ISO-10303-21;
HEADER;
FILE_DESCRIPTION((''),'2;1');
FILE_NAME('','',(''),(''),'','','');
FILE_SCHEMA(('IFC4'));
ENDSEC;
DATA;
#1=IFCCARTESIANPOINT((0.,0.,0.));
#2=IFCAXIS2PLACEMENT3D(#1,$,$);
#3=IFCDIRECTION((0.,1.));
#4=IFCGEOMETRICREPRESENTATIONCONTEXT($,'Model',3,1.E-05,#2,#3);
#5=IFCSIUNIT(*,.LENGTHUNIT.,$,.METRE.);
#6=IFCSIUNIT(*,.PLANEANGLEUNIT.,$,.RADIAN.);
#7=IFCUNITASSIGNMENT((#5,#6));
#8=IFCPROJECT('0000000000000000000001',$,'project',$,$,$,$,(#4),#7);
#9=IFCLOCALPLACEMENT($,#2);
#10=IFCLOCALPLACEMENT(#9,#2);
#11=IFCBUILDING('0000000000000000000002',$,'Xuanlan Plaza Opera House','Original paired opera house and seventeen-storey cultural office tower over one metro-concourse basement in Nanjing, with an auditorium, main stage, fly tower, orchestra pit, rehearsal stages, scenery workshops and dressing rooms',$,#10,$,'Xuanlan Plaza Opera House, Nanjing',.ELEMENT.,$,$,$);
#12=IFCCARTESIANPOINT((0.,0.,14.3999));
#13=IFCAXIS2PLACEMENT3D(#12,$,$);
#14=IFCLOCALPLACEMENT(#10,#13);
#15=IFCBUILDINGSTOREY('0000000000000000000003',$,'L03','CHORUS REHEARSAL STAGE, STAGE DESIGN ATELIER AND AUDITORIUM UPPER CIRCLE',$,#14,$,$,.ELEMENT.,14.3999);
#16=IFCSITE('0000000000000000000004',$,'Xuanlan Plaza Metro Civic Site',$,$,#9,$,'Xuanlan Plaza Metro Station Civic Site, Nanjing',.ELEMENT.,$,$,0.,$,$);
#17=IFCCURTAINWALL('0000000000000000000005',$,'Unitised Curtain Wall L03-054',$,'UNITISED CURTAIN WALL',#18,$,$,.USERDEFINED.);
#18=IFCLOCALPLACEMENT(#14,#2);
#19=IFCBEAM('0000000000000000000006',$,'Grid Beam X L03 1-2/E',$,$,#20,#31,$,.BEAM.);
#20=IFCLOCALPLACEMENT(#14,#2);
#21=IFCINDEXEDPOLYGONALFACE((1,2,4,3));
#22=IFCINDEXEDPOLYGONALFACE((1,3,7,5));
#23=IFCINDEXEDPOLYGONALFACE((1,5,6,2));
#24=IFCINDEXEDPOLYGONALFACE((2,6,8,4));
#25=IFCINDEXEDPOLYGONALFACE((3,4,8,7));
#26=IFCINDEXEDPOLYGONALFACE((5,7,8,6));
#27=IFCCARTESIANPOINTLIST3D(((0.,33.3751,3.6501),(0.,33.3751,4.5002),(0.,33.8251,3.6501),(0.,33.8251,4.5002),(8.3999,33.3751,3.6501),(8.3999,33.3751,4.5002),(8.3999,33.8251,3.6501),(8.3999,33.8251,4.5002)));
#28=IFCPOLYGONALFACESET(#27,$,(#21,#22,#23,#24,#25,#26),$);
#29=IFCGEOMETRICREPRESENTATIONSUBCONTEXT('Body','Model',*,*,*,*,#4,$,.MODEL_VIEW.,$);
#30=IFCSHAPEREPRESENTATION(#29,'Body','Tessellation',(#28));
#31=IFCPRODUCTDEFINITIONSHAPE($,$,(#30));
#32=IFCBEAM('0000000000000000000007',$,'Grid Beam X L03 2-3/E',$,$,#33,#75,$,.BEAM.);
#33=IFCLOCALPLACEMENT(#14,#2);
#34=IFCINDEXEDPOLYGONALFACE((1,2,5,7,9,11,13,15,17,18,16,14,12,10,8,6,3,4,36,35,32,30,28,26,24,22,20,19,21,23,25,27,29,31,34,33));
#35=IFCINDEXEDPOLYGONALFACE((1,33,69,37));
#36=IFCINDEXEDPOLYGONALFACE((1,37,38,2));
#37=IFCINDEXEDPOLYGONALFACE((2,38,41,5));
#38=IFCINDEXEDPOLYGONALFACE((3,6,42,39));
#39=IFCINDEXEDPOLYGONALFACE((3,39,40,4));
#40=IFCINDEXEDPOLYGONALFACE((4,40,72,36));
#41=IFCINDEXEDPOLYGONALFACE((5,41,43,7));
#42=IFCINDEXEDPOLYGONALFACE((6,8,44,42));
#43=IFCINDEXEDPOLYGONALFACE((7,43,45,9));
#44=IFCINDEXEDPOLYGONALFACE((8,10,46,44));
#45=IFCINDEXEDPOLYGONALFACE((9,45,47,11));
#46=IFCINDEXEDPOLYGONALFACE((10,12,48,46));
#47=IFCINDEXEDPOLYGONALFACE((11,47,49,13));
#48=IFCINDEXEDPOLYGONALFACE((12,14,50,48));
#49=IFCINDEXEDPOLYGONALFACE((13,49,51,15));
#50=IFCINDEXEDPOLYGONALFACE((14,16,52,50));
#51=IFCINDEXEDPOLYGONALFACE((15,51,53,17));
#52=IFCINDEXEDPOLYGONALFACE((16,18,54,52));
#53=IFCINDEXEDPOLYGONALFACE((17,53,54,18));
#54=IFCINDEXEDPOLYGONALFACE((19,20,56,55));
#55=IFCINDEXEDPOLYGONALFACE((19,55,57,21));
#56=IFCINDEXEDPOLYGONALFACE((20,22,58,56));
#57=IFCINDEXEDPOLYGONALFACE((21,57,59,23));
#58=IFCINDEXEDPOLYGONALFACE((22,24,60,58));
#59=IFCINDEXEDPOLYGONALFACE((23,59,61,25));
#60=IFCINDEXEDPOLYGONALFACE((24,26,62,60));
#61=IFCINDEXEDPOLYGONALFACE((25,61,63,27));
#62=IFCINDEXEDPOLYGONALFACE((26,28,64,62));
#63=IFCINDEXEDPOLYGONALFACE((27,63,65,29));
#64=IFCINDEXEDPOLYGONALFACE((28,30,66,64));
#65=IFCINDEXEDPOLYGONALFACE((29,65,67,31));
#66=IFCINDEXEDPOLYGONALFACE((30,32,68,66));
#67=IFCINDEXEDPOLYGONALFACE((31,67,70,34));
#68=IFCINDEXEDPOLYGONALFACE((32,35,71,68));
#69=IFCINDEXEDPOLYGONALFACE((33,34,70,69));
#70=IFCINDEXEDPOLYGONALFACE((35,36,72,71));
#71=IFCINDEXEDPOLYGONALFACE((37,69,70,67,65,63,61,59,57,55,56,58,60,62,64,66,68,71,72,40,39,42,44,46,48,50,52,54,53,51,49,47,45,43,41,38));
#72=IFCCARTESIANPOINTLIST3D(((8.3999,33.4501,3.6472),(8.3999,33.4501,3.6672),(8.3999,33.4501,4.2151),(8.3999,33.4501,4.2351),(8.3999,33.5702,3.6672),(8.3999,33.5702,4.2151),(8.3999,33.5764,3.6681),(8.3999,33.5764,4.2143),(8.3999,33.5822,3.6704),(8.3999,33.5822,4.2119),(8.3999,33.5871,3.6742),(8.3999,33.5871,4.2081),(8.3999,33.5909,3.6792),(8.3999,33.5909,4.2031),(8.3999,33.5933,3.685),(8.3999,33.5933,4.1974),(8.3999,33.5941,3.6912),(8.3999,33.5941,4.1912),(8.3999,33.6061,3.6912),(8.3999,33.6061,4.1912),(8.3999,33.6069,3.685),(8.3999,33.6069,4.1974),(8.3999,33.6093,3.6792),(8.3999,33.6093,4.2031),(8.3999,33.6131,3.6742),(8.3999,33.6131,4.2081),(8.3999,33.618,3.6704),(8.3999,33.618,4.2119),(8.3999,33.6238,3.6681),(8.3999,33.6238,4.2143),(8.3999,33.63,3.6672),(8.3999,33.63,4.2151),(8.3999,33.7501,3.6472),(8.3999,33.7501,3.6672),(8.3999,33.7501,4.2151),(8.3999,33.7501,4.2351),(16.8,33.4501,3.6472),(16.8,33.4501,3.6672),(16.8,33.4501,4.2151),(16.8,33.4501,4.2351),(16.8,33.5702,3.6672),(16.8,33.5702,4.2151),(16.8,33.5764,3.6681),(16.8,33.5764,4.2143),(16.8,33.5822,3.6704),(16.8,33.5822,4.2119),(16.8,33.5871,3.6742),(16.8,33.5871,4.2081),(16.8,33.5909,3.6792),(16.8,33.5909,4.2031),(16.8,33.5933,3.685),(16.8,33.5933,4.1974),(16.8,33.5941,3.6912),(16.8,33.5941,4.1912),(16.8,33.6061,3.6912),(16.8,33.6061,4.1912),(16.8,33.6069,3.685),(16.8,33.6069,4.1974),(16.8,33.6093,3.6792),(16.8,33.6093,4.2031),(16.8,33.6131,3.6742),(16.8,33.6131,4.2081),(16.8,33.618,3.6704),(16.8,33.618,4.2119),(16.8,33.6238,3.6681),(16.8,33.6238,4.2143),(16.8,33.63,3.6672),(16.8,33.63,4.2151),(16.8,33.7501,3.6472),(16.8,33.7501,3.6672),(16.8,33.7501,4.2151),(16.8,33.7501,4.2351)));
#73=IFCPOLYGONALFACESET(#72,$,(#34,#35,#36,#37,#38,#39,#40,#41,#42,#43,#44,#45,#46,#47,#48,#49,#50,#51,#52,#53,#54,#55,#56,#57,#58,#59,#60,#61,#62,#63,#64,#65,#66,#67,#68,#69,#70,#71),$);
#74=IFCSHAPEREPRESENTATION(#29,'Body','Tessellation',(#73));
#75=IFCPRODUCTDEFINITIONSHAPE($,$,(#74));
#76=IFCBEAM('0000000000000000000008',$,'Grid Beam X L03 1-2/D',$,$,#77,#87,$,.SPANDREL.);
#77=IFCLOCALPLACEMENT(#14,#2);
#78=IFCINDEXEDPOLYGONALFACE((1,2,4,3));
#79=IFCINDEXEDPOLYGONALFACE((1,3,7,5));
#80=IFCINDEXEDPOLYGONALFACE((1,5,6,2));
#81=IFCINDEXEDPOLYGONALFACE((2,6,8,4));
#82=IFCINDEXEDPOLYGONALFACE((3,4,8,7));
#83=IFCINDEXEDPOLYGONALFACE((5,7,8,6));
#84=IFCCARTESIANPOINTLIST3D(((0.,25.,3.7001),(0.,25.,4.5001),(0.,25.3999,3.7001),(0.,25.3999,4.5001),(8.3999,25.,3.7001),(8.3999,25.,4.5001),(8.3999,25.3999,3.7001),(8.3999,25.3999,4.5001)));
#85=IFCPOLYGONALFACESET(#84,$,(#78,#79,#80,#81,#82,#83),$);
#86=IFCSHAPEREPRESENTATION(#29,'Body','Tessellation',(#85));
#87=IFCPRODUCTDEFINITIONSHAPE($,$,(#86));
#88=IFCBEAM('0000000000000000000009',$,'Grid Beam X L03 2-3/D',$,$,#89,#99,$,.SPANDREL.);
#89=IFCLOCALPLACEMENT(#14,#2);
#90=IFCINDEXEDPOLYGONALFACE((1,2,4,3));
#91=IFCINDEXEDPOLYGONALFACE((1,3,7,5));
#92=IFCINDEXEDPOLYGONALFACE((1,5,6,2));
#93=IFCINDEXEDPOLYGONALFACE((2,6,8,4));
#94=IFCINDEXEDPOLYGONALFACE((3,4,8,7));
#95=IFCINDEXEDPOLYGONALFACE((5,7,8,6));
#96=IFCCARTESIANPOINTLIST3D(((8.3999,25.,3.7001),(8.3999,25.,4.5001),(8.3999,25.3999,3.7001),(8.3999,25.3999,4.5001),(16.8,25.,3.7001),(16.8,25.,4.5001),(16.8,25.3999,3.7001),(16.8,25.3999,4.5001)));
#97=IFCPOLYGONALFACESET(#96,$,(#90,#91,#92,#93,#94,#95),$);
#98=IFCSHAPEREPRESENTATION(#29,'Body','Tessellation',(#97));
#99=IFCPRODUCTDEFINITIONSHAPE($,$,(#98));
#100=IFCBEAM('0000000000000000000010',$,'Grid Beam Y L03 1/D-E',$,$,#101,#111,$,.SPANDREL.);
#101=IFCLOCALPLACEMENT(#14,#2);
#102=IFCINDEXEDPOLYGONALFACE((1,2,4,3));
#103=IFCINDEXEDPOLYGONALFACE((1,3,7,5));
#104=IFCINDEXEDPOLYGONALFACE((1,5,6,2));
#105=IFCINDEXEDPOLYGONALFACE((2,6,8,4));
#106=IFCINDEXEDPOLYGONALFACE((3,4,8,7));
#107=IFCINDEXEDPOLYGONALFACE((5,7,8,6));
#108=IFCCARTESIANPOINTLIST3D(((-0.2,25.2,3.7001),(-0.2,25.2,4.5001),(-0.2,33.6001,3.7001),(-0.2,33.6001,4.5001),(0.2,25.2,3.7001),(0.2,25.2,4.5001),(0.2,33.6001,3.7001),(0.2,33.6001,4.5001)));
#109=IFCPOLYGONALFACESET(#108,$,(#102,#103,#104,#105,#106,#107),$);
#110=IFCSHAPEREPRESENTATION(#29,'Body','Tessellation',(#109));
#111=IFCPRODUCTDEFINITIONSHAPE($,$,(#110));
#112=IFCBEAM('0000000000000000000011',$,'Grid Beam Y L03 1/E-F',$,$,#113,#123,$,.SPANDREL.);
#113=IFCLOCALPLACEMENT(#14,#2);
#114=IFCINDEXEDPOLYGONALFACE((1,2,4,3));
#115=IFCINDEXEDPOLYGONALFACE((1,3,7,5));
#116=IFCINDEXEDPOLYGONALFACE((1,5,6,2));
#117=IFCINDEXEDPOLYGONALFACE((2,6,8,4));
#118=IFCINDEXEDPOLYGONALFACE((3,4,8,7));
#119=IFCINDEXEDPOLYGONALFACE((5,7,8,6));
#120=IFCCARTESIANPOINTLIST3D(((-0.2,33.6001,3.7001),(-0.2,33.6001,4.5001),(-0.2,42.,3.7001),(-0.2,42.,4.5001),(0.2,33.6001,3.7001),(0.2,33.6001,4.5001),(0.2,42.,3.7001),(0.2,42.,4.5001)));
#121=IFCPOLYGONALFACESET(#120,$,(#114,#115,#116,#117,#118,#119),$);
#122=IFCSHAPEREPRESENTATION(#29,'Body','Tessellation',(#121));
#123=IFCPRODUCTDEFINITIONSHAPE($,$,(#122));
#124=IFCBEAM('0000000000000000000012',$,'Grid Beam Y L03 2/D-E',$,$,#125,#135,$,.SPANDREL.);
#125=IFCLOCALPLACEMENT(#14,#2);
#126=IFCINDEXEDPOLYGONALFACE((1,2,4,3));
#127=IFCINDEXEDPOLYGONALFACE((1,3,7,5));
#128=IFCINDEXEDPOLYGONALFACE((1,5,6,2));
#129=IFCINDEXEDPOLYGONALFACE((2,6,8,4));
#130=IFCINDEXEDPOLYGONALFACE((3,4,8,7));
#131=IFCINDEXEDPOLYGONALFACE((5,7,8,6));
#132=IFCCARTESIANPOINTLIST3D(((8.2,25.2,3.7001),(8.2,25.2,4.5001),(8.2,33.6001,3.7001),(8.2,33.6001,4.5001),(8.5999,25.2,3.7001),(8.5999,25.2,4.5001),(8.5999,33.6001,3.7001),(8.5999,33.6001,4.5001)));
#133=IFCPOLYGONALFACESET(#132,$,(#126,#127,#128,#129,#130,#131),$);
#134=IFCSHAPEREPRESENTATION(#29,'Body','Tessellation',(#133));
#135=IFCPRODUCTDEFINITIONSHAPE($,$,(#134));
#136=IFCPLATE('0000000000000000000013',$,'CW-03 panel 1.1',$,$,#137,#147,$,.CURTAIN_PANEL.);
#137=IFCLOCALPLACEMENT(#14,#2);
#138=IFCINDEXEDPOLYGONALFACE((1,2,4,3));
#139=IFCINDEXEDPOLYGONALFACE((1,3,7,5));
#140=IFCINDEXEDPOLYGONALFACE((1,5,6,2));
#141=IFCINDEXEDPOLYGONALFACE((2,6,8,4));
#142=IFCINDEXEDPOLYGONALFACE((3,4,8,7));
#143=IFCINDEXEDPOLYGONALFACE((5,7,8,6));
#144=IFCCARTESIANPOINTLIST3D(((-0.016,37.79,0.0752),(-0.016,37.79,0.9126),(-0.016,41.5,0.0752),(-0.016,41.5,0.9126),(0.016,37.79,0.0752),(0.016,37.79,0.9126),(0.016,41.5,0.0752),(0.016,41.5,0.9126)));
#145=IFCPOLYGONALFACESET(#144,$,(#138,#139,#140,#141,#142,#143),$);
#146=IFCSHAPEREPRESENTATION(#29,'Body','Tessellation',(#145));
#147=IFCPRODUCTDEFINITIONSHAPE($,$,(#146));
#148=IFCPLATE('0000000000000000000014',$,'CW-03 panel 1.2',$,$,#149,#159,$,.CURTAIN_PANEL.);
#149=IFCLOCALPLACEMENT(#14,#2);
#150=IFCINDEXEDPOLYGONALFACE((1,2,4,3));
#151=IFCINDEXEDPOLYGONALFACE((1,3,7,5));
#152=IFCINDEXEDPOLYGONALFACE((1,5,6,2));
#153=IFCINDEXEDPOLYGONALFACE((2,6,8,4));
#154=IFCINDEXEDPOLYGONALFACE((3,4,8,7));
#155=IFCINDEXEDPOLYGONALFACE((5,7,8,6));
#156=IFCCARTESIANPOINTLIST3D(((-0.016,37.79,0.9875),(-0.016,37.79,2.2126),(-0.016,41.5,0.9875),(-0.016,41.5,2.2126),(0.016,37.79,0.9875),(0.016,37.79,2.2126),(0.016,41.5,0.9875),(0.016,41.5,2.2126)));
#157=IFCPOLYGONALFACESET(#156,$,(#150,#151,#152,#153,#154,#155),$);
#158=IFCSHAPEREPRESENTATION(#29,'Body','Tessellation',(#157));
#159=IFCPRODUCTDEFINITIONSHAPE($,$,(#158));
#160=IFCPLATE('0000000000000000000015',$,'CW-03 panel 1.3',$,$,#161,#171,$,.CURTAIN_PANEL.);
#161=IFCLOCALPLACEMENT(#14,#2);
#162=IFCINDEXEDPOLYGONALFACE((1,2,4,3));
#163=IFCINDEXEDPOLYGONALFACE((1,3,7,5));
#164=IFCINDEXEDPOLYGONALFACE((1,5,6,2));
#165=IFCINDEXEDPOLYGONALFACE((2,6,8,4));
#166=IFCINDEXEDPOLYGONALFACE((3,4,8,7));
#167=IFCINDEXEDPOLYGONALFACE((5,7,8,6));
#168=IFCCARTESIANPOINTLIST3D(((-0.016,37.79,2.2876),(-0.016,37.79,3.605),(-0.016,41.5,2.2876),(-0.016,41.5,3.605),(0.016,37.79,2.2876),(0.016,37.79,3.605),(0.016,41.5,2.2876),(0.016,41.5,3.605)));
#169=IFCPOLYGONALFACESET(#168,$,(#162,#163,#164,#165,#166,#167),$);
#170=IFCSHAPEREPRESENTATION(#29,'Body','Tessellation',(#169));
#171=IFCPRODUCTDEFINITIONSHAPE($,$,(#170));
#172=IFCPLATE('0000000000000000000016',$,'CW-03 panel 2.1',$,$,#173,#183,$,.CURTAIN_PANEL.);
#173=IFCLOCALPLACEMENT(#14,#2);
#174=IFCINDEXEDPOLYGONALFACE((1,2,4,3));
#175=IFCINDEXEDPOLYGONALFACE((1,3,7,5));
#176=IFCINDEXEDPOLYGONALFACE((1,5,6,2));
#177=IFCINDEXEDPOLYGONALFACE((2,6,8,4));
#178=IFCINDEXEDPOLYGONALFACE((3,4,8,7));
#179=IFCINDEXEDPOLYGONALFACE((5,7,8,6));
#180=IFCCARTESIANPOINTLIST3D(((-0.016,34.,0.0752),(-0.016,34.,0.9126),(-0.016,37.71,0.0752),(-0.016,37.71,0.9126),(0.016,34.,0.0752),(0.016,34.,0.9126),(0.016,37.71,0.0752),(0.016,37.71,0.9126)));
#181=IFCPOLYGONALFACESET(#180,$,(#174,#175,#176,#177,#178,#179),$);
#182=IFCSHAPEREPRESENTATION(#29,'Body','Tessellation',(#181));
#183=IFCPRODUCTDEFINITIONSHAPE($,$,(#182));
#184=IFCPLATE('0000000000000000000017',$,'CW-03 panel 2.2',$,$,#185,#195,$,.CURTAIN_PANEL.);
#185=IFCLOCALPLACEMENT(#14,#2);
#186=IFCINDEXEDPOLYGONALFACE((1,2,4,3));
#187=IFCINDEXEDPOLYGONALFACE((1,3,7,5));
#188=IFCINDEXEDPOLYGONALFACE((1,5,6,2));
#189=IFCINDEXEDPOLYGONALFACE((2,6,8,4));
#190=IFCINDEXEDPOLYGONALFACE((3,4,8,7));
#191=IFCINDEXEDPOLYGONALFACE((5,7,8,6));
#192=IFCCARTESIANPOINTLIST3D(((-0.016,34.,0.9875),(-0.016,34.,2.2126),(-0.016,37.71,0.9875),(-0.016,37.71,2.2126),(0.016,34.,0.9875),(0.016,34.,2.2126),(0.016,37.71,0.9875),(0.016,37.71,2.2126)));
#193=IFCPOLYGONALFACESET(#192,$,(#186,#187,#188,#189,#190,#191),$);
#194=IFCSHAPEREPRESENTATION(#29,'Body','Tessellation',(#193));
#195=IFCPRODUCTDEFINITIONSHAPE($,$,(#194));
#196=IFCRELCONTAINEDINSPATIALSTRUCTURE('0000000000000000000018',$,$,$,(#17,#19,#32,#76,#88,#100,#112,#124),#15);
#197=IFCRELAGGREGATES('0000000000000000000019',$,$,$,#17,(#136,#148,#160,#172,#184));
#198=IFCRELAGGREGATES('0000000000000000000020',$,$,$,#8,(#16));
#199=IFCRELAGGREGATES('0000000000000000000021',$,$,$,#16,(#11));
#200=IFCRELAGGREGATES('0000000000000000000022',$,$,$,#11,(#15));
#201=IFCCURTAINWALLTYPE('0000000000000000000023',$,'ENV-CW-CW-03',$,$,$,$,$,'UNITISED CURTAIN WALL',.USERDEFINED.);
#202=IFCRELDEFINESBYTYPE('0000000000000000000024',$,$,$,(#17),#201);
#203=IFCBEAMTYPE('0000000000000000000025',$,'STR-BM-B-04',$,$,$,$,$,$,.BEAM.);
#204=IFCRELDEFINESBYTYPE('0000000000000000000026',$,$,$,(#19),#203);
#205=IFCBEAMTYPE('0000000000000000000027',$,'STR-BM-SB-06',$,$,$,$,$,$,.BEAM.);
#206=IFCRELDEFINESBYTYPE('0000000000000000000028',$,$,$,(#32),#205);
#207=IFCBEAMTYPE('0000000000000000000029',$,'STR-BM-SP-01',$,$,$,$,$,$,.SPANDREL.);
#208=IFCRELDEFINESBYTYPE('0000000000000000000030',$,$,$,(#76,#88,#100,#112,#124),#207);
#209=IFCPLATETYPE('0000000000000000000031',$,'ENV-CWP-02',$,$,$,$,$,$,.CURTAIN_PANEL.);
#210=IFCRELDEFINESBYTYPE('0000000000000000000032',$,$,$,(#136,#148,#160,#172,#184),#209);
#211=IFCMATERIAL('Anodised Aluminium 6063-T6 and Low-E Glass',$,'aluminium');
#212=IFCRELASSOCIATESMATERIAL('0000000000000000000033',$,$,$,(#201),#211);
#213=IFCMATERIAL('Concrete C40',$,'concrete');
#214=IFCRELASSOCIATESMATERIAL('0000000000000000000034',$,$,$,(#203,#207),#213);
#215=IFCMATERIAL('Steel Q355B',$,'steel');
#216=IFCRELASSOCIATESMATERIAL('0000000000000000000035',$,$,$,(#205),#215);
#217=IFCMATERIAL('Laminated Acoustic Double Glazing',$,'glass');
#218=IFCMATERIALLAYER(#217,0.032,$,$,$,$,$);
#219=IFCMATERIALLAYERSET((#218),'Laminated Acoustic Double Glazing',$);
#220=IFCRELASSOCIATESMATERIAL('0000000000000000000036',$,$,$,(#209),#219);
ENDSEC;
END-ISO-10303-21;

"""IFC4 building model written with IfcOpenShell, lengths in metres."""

from ifc_helpers import new_model, si_unit, direction, frame, origin, origin_2d, place, context, subcontext, project, spatial, rectangle, i_section, extrude, material, layer, layer_set, material_profile, profile_set, type_object, element, aggregate, save


model = new_model("IFC4")

# Units and contexts
model_context = context("Model", 3, precision=1e-05, world=origin(), true_north=direction((0.0, 1.0)))
body_context = subcontext(model_context, "Body", "Model", "MODEL_VIEW")
ifc_project = project(units=[si_unit("LENGTHUNIT", "METRE"), si_unit("PLANEANGLEUNIT", "RADIAN")], contexts=[model_context])

# Site, building, storey
site_placement = place(None, origin())
site = spatial("IfcSite", under=ifc_project, at=site_placement, Name="Xuanlan Plaza Metro Civic Site", LongName="Xuanlan Plaza Metro Station Civic Site, Nanjing", CompositionType="ELEMENT", RefElevation=0.0)
building_placement = place(site_placement, origin())
building = spatial("IfcBuilding", under=site, at=building_placement, Name="Xuanlan Plaza Opera House", Description="Original paired opera house and seventeen-storey cultural office tower over one metro-concourse basement in Nanjing, with an auditorium, main stage, fly tower, orchestra pit, rehearsal stages, scenery workshops and dressing rooms", LongName="Xuanlan Plaza Opera House, Nanjing", CompositionType="ELEMENT")
storey_placement = place(building_placement, frame((0.0, 0.0, 14.3999)))
storey = spatial("IfcBuildingStorey", under=building, at=storey_placement, Name="L03", Description="CHORUS REHEARSAL STAGE, STAGE DESIGN ATELIER AND AUDITORIUM UPPER CIRCLE", CompositionType="ELEMENT", Elevation=14.3999)

# Shared definitions
ifc_material_1 = material(Name="Concrete C40", Category="concrete")

# Shared definitions
ifc_material_2 = material(Name="Anodised Aluminium 6063-T6 and Low-E Glass", Category="aluminium")

# Curtain wall
curtain_wall_type_1 = type_object("IfcCurtainWallType", Name="ENV-CW-CW-03", ElementType="UNITISED CURTAIN WALL", PredefinedType="USERDEFINED", material=ifc_material_2)
curtain_wall_1_placement = place(storey_placement, origin())
curtain_wall_1 = element("IfcCurtainWall", 1, at=curtain_wall_1_placement, inside=storey, type_object=curtain_wall_type_1, Name="Unitised Curtain Wall L03-054", ObjectType="UNITISED CURTAIN WALL", PredefinedType="USERDEFINED")

# Beams
ifc_material_profile_1 = material_profile(ifc_material_1, rectangle(XDim=0.45, YDim=0.8501, at=origin_2d()), Name="RC-BM 450x850")
ifc_profile_set_1 = profile_set([ifc_material_profile_1], Name="Concrete C40")
beam_type_1 = type_object("IfcBeamType", Name="STR-BM-B-04", PredefinedType="BEAM", material=ifc_profile_set_1)
beam_1_placement = place(storey_placement, frame((0.0, 33.6001, 4.0752), z_axis=(1.0, 0.0, 0.0), x_axis=(0.0, 1.0, 0.0)))
element("IfcBeam", 2, at=beam_1_placement, inside=storey, type_object=beam_type_1, Name="Grid Beam X L03 1-2/E", PredefinedType="BEAM", context=body_context, shape_type="SweptSolid", body=[
    extrude(rectangle(XDim=0.45, YDim=0.8501, at=origin_2d()), origin(), (0.0, 0.0, 1.0), 8.3999),
])
ifc_material_3 = material(Name="Steel Q355B", Category="steel")
ifc_material_profile_2 = material_profile(ifc_material_3, i_section(OverallWidth=0.3, OverallDepth=0.5879, WebThickness=0.012, FlangeThickness=0.02, FilletRadius=0.0239, at=origin_2d()), Name="HM 588x300x12x20")
ifc_profile_set_2 = profile_set([ifc_material_profile_2], Name="Steel Q355B")
beam_type_2 = type_object("IfcBeamType", Name="STR-BM-SB-06", PredefinedType="BEAM", material=ifc_profile_set_2)
beam_2_placement = place(storey_placement, frame((8.3999, 33.6001, 3.9412), z_axis=(1.0, 0.0, 0.0), x_axis=(0.0, 1.0, 0.0)))
element("IfcBeam", 3, at=beam_2_placement, inside=storey, type_object=beam_type_2, Name="Grid Beam X L03 2-3/E", PredefinedType="BEAM", context=body_context, shape_type="SweptSolid", body=[
    extrude(i_section(OverallWidth=0.3, OverallDepth=0.5879, WebThickness=0.012, FlangeThickness=0.02, FilletRadius=0.0239, at=origin_2d()), origin(), (0.0, 0.0, 1.0), 8.4001),
])
ifc_material_profile_3 = material_profile(ifc_material_1, rectangle(XDim=0.3999, YDim=0.8, at=origin_2d()), Name="RC-SPD 400x800")
ifc_profile_set_3 = profile_set([ifc_material_profile_3], Name="Concrete C40")
beam_type_3 = type_object("IfcBeamType", Name="STR-BM-SP-01", PredefinedType="SPANDREL", material=ifc_profile_set_3)
beam_3_placement = place(storey_placement, frame((0.0, 25.2, 4.1001), z_axis=(1.0, 0.0, 0.0), x_axis=(0.0, 1.0, 0.0)))
element("IfcBeam", 4, at=beam_3_placement, inside=storey, type_object=beam_type_3, Name="Grid Beam X L03 1-2/D", PredefinedType="SPANDREL", context=body_context, shape_type="SweptSolid", body=[
    extrude(rectangle(XDim=0.3999, YDim=0.8, at=origin_2d()), origin(), (0.0, 0.0, 1.0), 8.3999),
])
for number, where, z_axis, x_axis, name in (
    (5, (8.3999, 25.2, 4.1001), (1.0, 0.0, 0.0), (0.0, 1.0, 0.0), "Grid Beam X L03 2-3/D"),
    (6, (0.0, 25.2, 4.1001), (0.0, 1.0, 0.0), (-1.0, 0.0, 0.0), "Grid Beam Y L03 1/D-E"),
):
    element("IfcBeam", number, at=place(storey_placement, frame(where, z_axis=z_axis, x_axis=x_axis)), inside=storey, type_object=beam_type_3, Name=name, PredefinedType="SPANDREL", context=body_context, shape_type="SweptSolid", body=[
        extrude(rectangle(XDim=0.3999, YDim=0.8, at=origin_2d()), origin(), (0.0, 0.0, 1.0), 8.4001),
    ])
beam_4_placement = place(storey_placement, frame((0.0, 33.6001, 4.1001), z_axis=(0.0, 1.0, 0.0), x_axis=(-1.0, 0.0, 0.0)))
element("IfcBeam", 7, at=beam_4_placement, inside=storey, type_object=beam_type_3, Name="Grid Beam Y L03 1/E-F", PredefinedType="SPANDREL", context=body_context, shape_type="SweptSolid", body=[
    extrude(rectangle(XDim=0.3999, YDim=0.8, at=origin_2d()), origin(), (0.0, 0.0, 1.0), 8.3999),
])
beam_5_placement = place(storey_placement, frame((8.3999, 25.2, 4.1001), z_axis=(0.0, 1.0, 0.0), x_axis=(-1.0, 0.0, 0.0)))
element("IfcBeam", 8, at=beam_5_placement, inside=storey, type_object=beam_type_3, Name="Grid Beam Y L03 2/D-E", PredefinedType="SPANDREL", context=body_context, shape_type="SweptSolid", body=[
    extrude(rectangle(XDim=0.3999, YDim=0.8, at=origin_2d()), origin(), (0.0, 0.0, 1.0), 8.4001),
])

# Plates
ifc_material_4 = material(Name="Laminated Acoustic Double Glazing", Category="glass")
ifc_layer_1 = layer(ifc_material_4, 0.032)
ifc_layer_set_1 = layer_set([ifc_layer_1], Name="Laminated Acoustic Double Glazing")
plate_type = type_object("IfcPlateType", Name="ENV-CWP-02", PredefinedType="CURTAIN_PANEL", material=ifc_layer_set_1)
plate_1_placement = place(storey_placement, frame((0.0, 39.645, 0.0752), z_axis=(0.0, 0.0, 1.0), x_axis=(0.0, -1.0, 0.0)))
plate_1 = element("IfcPlate", 9, at=plate_1_placement, type_object=plate_type, Name="CW-03 panel 1.1", PredefinedType="CURTAIN_PANEL", context=body_context, shape_type="SweptSolid", body=[
    extrude(rectangle(XDim=3.71, YDim=0.032, at=origin_2d()), origin(), (0.0, 0.0, 1.0), 0.8374),
])
plate_2_placement = place(storey_placement, frame((0.0, 39.645, 0.9875), z_axis=(0.0, 0.0, 1.0), x_axis=(0.0, -1.0, 0.0)))
plate_2 = element("IfcPlate", 10, at=plate_2_placement, type_object=plate_type, Name="CW-03 panel 1.2", PredefinedType="CURTAIN_PANEL", context=body_context, shape_type="SweptSolid", body=[
    extrude(rectangle(XDim=3.71, YDim=0.032, at=origin_2d()), origin(), (0.0, 0.0, 1.0), 1.2251),
])
plate_3_placement = place(storey_placement, frame((0.0, 39.645, 2.2876), z_axis=(0.0, 0.0, 1.0), x_axis=(0.0, -1.0, 0.0)))
plate_3 = element("IfcPlate", 11, at=plate_3_placement, type_object=plate_type, Name="CW-03 panel 1.3", PredefinedType="CURTAIN_PANEL", context=body_context, shape_type="SweptSolid", body=[
    extrude(rectangle(XDim=3.71, YDim=0.032, at=origin_2d()), origin(), (0.0, 0.0, 1.0), 1.3174),
])
plate_4_placement = place(storey_placement, frame((0.0, 35.855, 0.0752), z_axis=(0.0, 0.0, 1.0), x_axis=(0.0, -1.0, 0.0)))
plate_4 = element("IfcPlate", 12, at=plate_4_placement, type_object=plate_type, Name="CW-03 panel 2.1", PredefinedType="CURTAIN_PANEL", context=body_context, shape_type="SweptSolid", body=[
    extrude(rectangle(XDim=3.71, YDim=0.032, at=origin_2d()), origin(), (0.0, 0.0, 1.0), 0.8374),
])
plate_5_placement = place(storey_placement, frame((0.0, 35.855, 0.9875), z_axis=(0.0, 0.0, 1.0), x_axis=(0.0, -1.0, 0.0)))
plate_5 = element("IfcPlate", 13, at=plate_5_placement, type_object=plate_type, Name="CW-03 panel 2.2", PredefinedType="CURTAIN_PANEL", context=body_context, shape_type="SweptSolid", body=[
    extrude(rectangle(XDim=3.71, YDim=0.032, at=origin_2d()), origin(), (0.0, 0.0, 1.0), 1.2251),
])
aggregate(curtain_wall_1, [plate_1, plate_2, plate_3, plate_4, plate_5])

save(model, "model.ifc")
